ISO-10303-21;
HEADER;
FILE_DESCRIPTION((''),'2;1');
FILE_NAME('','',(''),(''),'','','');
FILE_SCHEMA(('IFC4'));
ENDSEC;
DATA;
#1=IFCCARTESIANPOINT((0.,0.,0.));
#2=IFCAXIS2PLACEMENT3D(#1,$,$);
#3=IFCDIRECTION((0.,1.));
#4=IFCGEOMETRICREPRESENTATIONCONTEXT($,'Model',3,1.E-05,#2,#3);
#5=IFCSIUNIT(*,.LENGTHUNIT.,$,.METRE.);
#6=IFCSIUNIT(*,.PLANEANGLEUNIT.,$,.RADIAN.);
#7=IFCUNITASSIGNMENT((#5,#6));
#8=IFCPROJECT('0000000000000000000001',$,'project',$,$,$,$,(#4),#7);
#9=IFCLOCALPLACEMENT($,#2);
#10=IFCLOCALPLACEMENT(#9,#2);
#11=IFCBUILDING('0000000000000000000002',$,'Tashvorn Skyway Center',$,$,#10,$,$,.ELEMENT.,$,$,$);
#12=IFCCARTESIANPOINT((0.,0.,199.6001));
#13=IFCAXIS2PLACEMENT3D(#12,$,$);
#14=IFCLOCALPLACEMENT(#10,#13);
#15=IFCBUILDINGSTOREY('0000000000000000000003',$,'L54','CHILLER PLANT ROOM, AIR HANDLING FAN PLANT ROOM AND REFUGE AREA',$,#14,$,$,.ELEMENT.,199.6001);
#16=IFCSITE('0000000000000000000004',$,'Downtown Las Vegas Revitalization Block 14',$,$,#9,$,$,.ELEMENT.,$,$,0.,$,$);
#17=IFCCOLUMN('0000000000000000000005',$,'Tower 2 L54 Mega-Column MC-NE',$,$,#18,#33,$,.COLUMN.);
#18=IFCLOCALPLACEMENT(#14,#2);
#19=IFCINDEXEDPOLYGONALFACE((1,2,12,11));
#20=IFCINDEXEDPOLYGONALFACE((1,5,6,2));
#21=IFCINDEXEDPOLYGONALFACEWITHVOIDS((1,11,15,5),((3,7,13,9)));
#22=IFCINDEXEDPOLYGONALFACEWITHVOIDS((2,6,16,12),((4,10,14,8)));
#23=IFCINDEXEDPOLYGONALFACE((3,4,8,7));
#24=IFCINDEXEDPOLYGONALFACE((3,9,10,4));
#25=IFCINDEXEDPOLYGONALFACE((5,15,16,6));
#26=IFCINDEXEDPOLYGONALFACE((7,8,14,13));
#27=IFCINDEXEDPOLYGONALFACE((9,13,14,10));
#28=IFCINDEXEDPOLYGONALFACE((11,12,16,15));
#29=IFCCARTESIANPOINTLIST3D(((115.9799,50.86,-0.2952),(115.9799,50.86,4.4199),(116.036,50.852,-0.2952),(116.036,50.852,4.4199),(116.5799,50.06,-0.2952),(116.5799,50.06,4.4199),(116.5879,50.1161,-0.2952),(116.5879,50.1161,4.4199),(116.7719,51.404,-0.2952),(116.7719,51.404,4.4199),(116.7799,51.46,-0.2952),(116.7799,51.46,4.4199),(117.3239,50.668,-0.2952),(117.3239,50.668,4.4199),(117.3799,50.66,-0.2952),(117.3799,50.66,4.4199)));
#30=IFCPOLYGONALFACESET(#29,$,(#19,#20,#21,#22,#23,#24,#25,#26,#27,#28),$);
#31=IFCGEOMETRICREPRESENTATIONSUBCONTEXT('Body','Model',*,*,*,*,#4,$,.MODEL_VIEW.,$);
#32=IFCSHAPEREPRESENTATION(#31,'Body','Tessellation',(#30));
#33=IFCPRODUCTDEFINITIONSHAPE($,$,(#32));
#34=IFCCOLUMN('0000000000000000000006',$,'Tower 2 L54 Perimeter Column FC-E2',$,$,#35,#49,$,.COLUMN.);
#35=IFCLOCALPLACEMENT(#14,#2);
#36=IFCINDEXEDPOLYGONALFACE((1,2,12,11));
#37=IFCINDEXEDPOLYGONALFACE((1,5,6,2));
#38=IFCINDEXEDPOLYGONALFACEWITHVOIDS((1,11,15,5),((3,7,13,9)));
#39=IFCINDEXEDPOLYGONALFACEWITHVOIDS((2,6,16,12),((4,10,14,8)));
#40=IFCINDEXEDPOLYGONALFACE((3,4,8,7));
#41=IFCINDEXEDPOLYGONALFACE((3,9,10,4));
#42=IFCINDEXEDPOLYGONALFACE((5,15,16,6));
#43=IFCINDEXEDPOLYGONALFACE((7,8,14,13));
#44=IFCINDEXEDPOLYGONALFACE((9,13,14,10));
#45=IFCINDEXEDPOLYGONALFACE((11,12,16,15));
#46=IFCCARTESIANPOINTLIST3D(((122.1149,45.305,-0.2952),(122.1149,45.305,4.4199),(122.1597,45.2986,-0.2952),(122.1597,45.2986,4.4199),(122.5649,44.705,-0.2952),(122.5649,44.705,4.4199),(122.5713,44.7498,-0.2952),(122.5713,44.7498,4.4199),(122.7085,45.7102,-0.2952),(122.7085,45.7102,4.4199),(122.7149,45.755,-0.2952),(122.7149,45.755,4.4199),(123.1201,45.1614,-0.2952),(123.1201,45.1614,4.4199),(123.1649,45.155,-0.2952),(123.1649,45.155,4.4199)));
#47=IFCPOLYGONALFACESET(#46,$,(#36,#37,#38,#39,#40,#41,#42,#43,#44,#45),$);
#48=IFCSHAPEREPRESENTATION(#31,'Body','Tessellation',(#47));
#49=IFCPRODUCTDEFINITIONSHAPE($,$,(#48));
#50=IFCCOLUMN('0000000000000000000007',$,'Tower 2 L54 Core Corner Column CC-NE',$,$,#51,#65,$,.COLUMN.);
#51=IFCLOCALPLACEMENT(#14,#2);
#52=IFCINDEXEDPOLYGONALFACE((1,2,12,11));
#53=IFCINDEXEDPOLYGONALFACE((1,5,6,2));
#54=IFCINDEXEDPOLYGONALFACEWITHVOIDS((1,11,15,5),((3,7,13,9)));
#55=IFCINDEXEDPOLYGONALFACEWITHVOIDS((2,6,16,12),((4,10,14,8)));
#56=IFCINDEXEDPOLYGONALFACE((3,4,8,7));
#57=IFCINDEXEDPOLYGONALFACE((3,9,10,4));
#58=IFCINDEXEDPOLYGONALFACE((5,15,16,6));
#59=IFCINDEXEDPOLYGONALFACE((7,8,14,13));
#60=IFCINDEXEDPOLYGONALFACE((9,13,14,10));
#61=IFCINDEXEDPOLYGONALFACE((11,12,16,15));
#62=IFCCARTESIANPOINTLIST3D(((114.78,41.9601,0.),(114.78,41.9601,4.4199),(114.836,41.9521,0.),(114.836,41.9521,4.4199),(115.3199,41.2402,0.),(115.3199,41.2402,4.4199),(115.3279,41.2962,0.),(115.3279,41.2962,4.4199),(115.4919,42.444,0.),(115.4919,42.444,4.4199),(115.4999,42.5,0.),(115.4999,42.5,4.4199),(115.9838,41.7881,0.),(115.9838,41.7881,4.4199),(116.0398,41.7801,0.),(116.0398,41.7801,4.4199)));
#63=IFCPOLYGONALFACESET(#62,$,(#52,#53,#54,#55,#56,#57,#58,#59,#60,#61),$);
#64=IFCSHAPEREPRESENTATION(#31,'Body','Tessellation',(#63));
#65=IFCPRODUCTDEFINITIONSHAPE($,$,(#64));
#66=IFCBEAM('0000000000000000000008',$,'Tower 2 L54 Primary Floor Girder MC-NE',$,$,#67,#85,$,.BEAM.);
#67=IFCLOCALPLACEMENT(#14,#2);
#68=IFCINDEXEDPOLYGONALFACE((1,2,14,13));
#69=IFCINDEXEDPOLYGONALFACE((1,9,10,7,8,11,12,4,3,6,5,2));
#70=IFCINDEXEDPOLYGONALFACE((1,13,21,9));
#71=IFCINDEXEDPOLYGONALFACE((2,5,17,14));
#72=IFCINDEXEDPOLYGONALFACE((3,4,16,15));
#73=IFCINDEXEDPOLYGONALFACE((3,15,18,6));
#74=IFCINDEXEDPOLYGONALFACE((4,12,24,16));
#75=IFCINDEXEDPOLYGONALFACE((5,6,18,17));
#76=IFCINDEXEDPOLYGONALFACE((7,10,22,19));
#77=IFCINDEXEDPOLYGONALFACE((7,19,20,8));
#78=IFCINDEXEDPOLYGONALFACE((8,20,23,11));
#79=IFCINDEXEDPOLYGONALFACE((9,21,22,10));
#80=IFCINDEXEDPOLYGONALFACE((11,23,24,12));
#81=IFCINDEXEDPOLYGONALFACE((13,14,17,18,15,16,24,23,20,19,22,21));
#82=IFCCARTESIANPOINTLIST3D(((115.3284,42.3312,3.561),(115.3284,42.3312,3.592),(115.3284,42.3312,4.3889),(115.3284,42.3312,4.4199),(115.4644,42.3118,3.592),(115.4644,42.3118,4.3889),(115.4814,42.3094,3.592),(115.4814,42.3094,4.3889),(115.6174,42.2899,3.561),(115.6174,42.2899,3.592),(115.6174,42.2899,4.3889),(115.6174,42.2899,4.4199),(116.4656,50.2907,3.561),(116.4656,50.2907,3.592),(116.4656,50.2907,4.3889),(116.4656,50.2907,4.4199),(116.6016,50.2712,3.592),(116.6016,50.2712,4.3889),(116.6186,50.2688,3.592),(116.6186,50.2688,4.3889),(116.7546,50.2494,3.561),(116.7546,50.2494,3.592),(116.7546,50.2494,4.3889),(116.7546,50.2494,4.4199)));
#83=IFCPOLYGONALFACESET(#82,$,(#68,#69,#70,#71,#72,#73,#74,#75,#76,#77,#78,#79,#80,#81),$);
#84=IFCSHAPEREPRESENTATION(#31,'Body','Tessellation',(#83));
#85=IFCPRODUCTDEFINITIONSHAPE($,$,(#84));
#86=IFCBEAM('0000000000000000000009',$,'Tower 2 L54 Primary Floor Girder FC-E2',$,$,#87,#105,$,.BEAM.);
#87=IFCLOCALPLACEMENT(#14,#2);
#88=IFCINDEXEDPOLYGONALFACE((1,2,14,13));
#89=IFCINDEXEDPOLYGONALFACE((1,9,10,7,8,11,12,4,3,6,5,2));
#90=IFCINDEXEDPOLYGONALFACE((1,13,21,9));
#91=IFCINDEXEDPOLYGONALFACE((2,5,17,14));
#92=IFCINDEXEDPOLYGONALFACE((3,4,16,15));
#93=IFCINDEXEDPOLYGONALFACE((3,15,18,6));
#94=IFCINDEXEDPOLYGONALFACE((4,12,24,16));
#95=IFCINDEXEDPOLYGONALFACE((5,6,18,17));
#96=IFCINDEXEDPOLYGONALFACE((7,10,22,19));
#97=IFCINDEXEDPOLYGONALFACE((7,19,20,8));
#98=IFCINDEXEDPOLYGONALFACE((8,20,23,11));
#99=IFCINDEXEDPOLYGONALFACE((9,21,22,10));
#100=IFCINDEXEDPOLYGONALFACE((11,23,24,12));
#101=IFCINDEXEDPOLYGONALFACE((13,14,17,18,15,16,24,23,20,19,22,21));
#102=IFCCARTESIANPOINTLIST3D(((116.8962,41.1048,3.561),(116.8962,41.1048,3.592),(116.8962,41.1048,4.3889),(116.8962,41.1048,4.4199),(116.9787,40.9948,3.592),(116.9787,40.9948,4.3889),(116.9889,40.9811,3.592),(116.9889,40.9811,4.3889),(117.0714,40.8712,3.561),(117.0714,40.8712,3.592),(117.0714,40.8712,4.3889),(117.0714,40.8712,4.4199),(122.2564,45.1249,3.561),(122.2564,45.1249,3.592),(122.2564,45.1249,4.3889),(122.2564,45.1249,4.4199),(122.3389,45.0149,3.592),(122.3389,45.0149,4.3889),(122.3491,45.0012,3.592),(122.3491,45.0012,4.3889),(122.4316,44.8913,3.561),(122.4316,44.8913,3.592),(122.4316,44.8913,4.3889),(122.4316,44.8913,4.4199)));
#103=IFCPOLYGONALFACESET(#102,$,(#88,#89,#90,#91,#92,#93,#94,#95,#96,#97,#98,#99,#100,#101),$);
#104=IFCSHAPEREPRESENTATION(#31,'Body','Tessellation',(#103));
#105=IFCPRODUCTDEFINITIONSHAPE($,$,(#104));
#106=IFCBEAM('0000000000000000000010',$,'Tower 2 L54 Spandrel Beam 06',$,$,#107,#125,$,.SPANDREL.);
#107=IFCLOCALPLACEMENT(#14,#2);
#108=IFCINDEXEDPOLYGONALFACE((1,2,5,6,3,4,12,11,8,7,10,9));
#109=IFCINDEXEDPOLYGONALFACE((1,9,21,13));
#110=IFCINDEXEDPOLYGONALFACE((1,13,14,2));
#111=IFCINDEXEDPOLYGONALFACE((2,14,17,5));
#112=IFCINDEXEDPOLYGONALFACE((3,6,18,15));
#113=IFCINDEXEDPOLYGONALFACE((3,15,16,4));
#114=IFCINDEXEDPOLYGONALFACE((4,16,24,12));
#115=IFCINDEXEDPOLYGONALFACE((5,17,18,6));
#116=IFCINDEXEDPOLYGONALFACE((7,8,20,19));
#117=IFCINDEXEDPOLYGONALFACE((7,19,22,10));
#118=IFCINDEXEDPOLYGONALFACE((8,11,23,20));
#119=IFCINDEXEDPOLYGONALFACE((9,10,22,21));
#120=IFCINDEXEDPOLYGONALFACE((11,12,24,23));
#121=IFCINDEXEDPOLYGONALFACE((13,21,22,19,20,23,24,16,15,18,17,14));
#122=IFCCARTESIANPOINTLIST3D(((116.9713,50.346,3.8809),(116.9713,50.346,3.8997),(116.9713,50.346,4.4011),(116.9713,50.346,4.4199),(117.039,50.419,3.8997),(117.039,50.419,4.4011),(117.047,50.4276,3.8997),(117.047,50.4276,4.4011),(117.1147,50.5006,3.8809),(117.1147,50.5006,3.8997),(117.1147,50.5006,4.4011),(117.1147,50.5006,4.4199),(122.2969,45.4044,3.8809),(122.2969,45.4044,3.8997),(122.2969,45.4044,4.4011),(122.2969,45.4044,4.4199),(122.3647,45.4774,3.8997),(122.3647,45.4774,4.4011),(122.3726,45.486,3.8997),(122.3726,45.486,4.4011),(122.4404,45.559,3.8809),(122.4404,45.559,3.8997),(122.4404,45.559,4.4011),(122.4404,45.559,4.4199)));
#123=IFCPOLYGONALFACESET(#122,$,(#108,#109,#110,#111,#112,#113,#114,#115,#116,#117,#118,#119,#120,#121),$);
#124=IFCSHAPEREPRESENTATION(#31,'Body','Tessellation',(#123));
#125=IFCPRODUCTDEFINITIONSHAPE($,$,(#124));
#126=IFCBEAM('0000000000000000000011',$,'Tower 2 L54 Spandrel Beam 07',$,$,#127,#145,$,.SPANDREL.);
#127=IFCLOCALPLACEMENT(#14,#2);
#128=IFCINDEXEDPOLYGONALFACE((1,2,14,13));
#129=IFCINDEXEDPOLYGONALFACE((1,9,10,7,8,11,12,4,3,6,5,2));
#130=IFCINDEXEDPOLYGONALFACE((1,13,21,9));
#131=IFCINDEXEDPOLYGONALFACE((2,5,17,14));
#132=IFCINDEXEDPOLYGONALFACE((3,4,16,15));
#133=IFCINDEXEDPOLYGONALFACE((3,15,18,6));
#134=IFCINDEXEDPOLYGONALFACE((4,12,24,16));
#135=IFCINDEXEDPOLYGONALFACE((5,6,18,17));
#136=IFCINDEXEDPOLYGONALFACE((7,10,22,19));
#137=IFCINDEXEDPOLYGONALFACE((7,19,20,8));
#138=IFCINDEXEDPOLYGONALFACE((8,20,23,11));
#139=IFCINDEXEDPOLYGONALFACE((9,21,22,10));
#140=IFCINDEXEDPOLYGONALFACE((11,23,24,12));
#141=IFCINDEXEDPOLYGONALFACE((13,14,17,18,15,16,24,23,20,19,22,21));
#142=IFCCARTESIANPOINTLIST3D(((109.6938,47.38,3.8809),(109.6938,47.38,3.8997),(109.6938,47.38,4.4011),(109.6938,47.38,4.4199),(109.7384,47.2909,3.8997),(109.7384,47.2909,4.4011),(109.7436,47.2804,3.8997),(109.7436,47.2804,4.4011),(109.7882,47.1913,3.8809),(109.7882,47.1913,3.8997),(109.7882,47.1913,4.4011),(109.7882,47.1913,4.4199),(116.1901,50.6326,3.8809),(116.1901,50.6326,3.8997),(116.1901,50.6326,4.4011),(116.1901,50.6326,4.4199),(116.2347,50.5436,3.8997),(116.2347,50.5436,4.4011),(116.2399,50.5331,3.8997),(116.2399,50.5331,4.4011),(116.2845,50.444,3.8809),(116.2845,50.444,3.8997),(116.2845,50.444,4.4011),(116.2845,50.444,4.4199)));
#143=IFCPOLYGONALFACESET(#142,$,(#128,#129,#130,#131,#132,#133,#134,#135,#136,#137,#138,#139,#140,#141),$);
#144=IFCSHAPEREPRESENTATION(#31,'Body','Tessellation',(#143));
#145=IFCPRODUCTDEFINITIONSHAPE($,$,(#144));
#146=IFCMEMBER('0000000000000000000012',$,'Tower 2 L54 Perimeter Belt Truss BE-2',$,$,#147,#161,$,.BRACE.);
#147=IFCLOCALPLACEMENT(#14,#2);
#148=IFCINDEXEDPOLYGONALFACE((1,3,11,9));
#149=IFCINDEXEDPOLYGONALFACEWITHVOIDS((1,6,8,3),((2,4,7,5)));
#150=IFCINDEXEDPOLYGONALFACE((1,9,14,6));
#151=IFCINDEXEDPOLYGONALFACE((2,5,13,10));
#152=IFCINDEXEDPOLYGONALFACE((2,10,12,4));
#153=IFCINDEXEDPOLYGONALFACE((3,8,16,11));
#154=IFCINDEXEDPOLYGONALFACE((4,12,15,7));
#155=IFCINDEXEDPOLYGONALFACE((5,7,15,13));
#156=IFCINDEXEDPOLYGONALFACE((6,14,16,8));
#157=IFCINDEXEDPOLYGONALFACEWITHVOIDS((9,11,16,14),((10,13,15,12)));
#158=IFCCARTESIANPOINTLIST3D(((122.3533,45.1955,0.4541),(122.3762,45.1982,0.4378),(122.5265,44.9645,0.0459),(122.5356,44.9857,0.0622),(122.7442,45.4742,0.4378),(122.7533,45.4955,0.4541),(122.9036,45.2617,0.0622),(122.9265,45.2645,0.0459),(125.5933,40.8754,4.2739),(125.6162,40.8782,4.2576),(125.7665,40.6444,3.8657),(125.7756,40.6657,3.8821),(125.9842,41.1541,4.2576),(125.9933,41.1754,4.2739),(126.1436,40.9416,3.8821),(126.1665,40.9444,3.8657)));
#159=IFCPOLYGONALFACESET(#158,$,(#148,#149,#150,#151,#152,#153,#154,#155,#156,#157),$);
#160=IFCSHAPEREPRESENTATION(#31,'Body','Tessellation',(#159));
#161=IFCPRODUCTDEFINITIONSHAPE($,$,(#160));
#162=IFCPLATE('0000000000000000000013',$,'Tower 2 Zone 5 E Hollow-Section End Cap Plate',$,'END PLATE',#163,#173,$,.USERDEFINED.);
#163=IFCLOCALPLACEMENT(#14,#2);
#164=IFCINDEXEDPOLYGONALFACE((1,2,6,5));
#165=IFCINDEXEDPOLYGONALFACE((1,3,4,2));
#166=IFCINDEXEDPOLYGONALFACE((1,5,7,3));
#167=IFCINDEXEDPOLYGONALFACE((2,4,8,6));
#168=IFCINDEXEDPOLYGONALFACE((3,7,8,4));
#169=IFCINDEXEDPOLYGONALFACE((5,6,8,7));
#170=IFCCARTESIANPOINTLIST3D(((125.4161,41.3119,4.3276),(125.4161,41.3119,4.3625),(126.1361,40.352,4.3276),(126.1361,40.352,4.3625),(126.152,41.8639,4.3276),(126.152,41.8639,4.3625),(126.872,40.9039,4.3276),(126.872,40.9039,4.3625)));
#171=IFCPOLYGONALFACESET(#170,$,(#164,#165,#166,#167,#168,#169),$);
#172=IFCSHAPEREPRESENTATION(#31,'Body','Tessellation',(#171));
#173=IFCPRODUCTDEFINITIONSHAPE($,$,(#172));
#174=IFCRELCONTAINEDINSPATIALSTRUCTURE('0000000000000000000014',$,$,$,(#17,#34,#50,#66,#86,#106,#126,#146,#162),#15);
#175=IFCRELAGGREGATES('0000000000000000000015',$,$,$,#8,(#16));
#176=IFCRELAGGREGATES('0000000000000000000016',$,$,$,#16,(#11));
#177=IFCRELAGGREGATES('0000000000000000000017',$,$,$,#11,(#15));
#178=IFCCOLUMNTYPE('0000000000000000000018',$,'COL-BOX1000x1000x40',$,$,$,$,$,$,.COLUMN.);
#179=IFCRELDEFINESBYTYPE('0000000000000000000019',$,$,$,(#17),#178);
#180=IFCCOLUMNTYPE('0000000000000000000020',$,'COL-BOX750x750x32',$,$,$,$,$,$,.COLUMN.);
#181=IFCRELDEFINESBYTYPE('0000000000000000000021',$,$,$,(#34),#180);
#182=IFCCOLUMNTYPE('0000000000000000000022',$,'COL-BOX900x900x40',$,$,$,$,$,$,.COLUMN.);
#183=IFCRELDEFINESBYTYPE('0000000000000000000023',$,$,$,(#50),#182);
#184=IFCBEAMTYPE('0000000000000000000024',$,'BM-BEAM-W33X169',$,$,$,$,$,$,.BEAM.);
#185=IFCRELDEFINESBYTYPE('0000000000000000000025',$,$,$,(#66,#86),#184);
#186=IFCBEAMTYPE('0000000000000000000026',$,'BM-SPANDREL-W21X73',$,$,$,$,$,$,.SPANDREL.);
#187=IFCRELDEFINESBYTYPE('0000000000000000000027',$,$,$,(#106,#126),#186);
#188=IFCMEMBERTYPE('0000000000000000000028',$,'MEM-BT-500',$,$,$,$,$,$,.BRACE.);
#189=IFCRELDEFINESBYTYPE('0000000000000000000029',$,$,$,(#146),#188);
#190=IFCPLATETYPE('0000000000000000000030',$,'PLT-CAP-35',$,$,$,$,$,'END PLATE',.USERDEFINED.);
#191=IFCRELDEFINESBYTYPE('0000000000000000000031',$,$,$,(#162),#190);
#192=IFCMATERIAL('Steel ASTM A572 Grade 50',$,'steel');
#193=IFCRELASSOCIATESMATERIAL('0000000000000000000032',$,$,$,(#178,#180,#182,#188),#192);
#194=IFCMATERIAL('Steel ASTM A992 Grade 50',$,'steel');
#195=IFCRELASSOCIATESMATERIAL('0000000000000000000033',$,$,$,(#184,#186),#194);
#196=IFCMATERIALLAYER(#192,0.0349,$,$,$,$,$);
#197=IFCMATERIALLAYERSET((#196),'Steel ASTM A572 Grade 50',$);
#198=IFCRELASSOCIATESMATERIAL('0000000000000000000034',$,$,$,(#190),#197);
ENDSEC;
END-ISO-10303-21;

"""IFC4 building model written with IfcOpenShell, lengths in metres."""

from ifc_helpers import new_model, si_unit, direction, frame, origin, origin_2d, place, context, subcontext, project, spatial, rectangle, hollow_rectangle, i_section, extrude, material, layer, layer_set, material_profile, profile_set, type_object, element, save


model = new_model("IFC4")

# Units and contexts
model_context = context("Model", 3, precision=1e-05, world=origin(), true_north=direction((0.0, 1.0)))
body_context = subcontext(model_context, "Body", "Model", "MODEL_VIEW")
ifc_project = project(units=[si_unit("LENGTHUNIT", "METRE"), si_unit("PLANEANGLEUNIT", "RADIAN")], contexts=[model_context])

# Site, building, storey
site_placement = place(None, origin())
site = spatial("IfcSite", under=ifc_project, at=site_placement, Name="Downtown Las Vegas Revitalization Block 14", CompositionType="ELEMENT", RefElevation=0.0)
building_placement = place(site_placement, origin())
building = spatial("IfcBuilding", under=site, at=building_placement, Name="Tashvorn Skyway Center", CompositionType="ELEMENT")
storey_placement = place(building_placement, frame((0.0, 0.0, 199.6001)))
storey = spatial("IfcBuildingStorey", under=building, at=storey_placement, Name="L54", Description="CHILLER PLANT ROOM, AIR HANDLING FAN PLANT ROOM AND REFUGE AREA", CompositionType="ELEMENT", Elevation=199.6001)

# Columns
ifc_material_1 = material(Name="Steel ASTM A572 Grade 50", Category="steel")
ifc_material_profile_1 = material_profile(ifc_material_1, hollow_rectangle(XDim=1.0, YDim=1.0, WallThickness=0.04, at=origin_2d()), Name="BOX1000x1000x40")
ifc_profile_set_1 = profile_set([ifc_material_profile_1], Name="Steel ASTM A572 Grade 50")
column_type_1 = type_object("IfcColumnType", Name="COL-BOX1000x1000x40", PredefinedType="COLUMN", material=ifc_profile_set_1)
column_1_placement = place(storey_placement, frame((116.6799, 50.76, -0.2952), z_axis=(0.0, 0.0, 1.0), x_axis=(0.8, 0.6, 0.0)))
element("IfcColumn", 1, at=column_1_placement, inside=storey, type_object=column_type_1, Name="Tower 2 L54 Mega-Column MC-NE", PredefinedType="COLUMN", context=body_context, shape_type="SweptSolid", body=[
    extrude(hollow_rectangle(XDim=1.0, YDim=1.0, WallThickness=0.04, at=origin_2d()), origin(), (0.0, 0.0, 1.0), 4.7151),
])
ifc_material_profile_2 = material_profile(ifc_material_1, hollow_rectangle(XDim=0.75, YDim=0.75, WallThickness=0.032, at=origin_2d()), Name="BOX750x750x32")
ifc_profile_set_2 = profile_set([ifc_material_profile_2], Name="Steel ASTM A572 Grade 50")
column_type_2 = type_object("IfcColumnType", Name="COL-BOX750x750x32", PredefinedType="COLUMN", material=ifc_profile_set_2)
column_2_placement = place(storey_placement, frame((122.6399, 45.23, -0.2952), z_axis=(0.0, 0.0, 1.0), x_axis=(0.8, 0.6, 0.0)))
element("IfcColumn", 2, at=column_2_placement, inside=storey, type_object=column_type_2, Name="Tower 2 L54 Perimeter Column FC-E2", PredefinedType="COLUMN", context=body_context, shape_type="SweptSolid", body=[
    extrude(hollow_rectangle(XDim=0.75, YDim=0.75, WallThickness=0.032, at=origin_2d()), origin(), (0.0, 0.0, 1.0), 4.7151),
])
ifc_material_profile_3 = material_profile(ifc_material_1, hollow_rectangle(XDim=0.8999, YDim=0.8999, WallThickness=0.04, at=origin_2d()), Name="BOX900x900x40")
ifc_profile_set_3 = profile_set([ifc_material_profile_3], Name="Steel ASTM A572 Grade 50")
column_type_3 = type_object("IfcColumnType", Name="COL-BOX900x900x40", PredefinedType="COLUMN", material=ifc_profile_set_3)
column_3_placement = place(storey_placement, frame((115.4099, 41.8701, 0.0), z_axis=(0.0, 0.0, 1.0), x_axis=(0.8, 0.6, 0.0)))
element("IfcColumn", 3, at=column_3_placement, inside=storey, type_object=column_type_3, Name="Tower 2 L54 Core Corner Column CC-NE", PredefinedType="COLUMN", context=body_context, shape_type="SweptSolid", body=[
    extrude(hollow_rectangle(XDim=0.8999, YDim=0.8999, WallThickness=0.04, at=origin_2d()), origin(), (0.0, 0.0, 1.0), 4.4199),
])

# Beams
ifc_material_2 = material(Name="Steel ASTM A992 Grade 50", Category="steel")
ifc_material_profile_4 = material_profile(ifc_material_2, i_section(OverallWidth=0.292, OverallDepth=0.8589, WebThickness=0.0171, FlangeThickness=0.031, at=origin_2d()), Name="W33X169")
ifc_profile_set_4 = profile_set([ifc_material_profile_4], Name="Steel ASTM A992 Grade 50")
beam_type_1 = type_object("IfcBeamType", Name="BM-BEAM-W33X169", PredefinedType="BEAM", material=ifc_profile_set_4)
beam_1_placement = place(storey_placement, frame((116.6101, 50.27, 3.9905), z_axis=(-0.141438, -0.989947, 0.0), x_axis=(0.989947, -0.141438, 0.0)))
element("IfcBeam", 4, at=beam_1_placement, inside=storey, type_object=beam_type_1, Name="Tower 2 L54 Primary Floor Girder MC-NE", PredefinedType="BEAM", context=body_context, shape_type="SweptSolid", body=[
    extrude(i_section(OverallWidth=0.292, OverallDepth=0.8589, WebThickness=0.0171, FlangeThickness=0.031, at=origin_2d()), origin(), (0.0, 0.0, 1.0), 8.0403),
])
beam_2_placement = place(storey_placement, frame((122.344, 45.0081, 3.9905), z_axis=(-0.800004, -0.599994, 0.0), x_axis=(0.599994, -0.800004, 0.0)))
element("IfcBeam", 5, at=beam_2_placement, inside=storey, type_object=beam_type_1, Name="Tower 2 L54 Primary Floor Girder FC-E2", PredefinedType="BEAM", context=body_context, shape_type="SweptSolid", body=[
    extrude(i_section(OverallWidth=0.292, OverallDepth=0.8589, WebThickness=0.0171, FlangeThickness=0.031, at=origin_2d()), origin(), (0.0, 0.0, 1.0), 6.7002),
])
ifc_material_profile_5 = material_profile(ifc_material_2, i_section(OverallWidth=0.2109, OverallDepth=0.5391, WebThickness=0.0117, FlangeThickness=0.0188, at=origin_2d()), Name="W21X73")
ifc_profile_set_5 = profile_set([ifc_material_profile_5], Name="Steel ASTM A992 Grade 50")
beam_type_2 = type_object("IfcBeamType", Name="BM-SPANDREL-W21X73", PredefinedType="SPANDREL", material=ifc_profile_set_5)
for number, where, z_axis, x_axis, name in (
    (6, (122.3687, 45.4817, 4.1504), (-0.733042, 0.680183, 0.0), (-0.680183, -0.733042, 0.0), "Tower 2 L54 Spandrel Beam 06"),
    (7, (116.2373, 50.5383, 4.1504), (-0.894178, -0.447711, 0.0), (0.447711, -0.894178, 0.0), "Tower 2 L54 Spandrel Beam 07"),
):
    element("IfcBeam", number, at=place(storey_placement, frame(where, z_axis=z_axis, x_axis=x_axis)), inside=storey, type_object=beam_type_2, Name=name, PredefinedType="SPANDREL", context=body_context, shape_type="SweptSolid", body=[
        extrude(i_section(OverallWidth=0.2109, OverallDepth=0.5391, WebThickness=0.0117, FlangeThickness=0.0188, at=origin_2d()), origin(), (0.0, 0.0, 1.0), 7.2651),
    ])

# Member
ifc_material_profile_6 = material_profile(ifc_material_1, hollow_rectangle(XDim=0.5, YDim=0.5, WallThickness=0.02, at=origin_2d()), Name="HSS500x500x20")
ifc_profile_set_6 = profile_set([ifc_material_profile_6], Name="Steel ASTM A572 Grade 50")
member_type = type_object("IfcMemberType", Name="MEM-BT-500", PredefinedType="BRACE", material=ifc_profile_set_6)
member_placement = place(storey_placement, frame((125.8799, 40.9099, 4.0698), z_axis=(-0.489832, 0.653121, -0.577493), x_axis=(-0.800005, -0.599993, 0.0)))
element("IfcMember", 8, at=member_placement, inside=storey, type_object=member_type, Name="Tower 2 L54 Perimeter Belt Truss BE-2", PredefinedType="BRACE", context=body_context, shape_type="SweptSolid", body=[
    extrude(hollow_rectangle(XDim=0.5, YDim=0.5, WallThickness=0.02, at=origin_2d()), origin(), (0.0, 0.0, 1.0), 6.6145),
])

# Plate
ifc_layer_1 = layer(ifc_material_1, 0.0349)
ifc_layer_set_1 = layer_set([ifc_layer_1], Name="Steel ASTM A572 Grade 50")
plate_type_1 = type_object("IfcPlateType", Name="PLT-CAP-35", ElementType="END PLATE", PredefinedType="USERDEFINED", material=ifc_layer_set_1)
plate_1_placement = place(storey_placement, frame((126.144, 41.1079, 4.3276), z_axis=(0.0, 0.0, 1.0), x_axis=(-0.6, 0.8, 0.0)))
element("IfcPlate", 9, at=plate_1_placement, inside=storey, type_object=plate_type_1, Name="Tower 2 Zone 5 E Hollow-Section End Cap Plate", ObjectType="END PLATE", PredefinedType="USERDEFINED", context=body_context, shape_type="SweptSolid", body=[
    extrude(rectangle(XDim=1.2, YDim=0.9199, at=origin_2d()), origin(), (0.0, 0.0, 1.0), 0.0349),
])

save(model, "model.ifc")
